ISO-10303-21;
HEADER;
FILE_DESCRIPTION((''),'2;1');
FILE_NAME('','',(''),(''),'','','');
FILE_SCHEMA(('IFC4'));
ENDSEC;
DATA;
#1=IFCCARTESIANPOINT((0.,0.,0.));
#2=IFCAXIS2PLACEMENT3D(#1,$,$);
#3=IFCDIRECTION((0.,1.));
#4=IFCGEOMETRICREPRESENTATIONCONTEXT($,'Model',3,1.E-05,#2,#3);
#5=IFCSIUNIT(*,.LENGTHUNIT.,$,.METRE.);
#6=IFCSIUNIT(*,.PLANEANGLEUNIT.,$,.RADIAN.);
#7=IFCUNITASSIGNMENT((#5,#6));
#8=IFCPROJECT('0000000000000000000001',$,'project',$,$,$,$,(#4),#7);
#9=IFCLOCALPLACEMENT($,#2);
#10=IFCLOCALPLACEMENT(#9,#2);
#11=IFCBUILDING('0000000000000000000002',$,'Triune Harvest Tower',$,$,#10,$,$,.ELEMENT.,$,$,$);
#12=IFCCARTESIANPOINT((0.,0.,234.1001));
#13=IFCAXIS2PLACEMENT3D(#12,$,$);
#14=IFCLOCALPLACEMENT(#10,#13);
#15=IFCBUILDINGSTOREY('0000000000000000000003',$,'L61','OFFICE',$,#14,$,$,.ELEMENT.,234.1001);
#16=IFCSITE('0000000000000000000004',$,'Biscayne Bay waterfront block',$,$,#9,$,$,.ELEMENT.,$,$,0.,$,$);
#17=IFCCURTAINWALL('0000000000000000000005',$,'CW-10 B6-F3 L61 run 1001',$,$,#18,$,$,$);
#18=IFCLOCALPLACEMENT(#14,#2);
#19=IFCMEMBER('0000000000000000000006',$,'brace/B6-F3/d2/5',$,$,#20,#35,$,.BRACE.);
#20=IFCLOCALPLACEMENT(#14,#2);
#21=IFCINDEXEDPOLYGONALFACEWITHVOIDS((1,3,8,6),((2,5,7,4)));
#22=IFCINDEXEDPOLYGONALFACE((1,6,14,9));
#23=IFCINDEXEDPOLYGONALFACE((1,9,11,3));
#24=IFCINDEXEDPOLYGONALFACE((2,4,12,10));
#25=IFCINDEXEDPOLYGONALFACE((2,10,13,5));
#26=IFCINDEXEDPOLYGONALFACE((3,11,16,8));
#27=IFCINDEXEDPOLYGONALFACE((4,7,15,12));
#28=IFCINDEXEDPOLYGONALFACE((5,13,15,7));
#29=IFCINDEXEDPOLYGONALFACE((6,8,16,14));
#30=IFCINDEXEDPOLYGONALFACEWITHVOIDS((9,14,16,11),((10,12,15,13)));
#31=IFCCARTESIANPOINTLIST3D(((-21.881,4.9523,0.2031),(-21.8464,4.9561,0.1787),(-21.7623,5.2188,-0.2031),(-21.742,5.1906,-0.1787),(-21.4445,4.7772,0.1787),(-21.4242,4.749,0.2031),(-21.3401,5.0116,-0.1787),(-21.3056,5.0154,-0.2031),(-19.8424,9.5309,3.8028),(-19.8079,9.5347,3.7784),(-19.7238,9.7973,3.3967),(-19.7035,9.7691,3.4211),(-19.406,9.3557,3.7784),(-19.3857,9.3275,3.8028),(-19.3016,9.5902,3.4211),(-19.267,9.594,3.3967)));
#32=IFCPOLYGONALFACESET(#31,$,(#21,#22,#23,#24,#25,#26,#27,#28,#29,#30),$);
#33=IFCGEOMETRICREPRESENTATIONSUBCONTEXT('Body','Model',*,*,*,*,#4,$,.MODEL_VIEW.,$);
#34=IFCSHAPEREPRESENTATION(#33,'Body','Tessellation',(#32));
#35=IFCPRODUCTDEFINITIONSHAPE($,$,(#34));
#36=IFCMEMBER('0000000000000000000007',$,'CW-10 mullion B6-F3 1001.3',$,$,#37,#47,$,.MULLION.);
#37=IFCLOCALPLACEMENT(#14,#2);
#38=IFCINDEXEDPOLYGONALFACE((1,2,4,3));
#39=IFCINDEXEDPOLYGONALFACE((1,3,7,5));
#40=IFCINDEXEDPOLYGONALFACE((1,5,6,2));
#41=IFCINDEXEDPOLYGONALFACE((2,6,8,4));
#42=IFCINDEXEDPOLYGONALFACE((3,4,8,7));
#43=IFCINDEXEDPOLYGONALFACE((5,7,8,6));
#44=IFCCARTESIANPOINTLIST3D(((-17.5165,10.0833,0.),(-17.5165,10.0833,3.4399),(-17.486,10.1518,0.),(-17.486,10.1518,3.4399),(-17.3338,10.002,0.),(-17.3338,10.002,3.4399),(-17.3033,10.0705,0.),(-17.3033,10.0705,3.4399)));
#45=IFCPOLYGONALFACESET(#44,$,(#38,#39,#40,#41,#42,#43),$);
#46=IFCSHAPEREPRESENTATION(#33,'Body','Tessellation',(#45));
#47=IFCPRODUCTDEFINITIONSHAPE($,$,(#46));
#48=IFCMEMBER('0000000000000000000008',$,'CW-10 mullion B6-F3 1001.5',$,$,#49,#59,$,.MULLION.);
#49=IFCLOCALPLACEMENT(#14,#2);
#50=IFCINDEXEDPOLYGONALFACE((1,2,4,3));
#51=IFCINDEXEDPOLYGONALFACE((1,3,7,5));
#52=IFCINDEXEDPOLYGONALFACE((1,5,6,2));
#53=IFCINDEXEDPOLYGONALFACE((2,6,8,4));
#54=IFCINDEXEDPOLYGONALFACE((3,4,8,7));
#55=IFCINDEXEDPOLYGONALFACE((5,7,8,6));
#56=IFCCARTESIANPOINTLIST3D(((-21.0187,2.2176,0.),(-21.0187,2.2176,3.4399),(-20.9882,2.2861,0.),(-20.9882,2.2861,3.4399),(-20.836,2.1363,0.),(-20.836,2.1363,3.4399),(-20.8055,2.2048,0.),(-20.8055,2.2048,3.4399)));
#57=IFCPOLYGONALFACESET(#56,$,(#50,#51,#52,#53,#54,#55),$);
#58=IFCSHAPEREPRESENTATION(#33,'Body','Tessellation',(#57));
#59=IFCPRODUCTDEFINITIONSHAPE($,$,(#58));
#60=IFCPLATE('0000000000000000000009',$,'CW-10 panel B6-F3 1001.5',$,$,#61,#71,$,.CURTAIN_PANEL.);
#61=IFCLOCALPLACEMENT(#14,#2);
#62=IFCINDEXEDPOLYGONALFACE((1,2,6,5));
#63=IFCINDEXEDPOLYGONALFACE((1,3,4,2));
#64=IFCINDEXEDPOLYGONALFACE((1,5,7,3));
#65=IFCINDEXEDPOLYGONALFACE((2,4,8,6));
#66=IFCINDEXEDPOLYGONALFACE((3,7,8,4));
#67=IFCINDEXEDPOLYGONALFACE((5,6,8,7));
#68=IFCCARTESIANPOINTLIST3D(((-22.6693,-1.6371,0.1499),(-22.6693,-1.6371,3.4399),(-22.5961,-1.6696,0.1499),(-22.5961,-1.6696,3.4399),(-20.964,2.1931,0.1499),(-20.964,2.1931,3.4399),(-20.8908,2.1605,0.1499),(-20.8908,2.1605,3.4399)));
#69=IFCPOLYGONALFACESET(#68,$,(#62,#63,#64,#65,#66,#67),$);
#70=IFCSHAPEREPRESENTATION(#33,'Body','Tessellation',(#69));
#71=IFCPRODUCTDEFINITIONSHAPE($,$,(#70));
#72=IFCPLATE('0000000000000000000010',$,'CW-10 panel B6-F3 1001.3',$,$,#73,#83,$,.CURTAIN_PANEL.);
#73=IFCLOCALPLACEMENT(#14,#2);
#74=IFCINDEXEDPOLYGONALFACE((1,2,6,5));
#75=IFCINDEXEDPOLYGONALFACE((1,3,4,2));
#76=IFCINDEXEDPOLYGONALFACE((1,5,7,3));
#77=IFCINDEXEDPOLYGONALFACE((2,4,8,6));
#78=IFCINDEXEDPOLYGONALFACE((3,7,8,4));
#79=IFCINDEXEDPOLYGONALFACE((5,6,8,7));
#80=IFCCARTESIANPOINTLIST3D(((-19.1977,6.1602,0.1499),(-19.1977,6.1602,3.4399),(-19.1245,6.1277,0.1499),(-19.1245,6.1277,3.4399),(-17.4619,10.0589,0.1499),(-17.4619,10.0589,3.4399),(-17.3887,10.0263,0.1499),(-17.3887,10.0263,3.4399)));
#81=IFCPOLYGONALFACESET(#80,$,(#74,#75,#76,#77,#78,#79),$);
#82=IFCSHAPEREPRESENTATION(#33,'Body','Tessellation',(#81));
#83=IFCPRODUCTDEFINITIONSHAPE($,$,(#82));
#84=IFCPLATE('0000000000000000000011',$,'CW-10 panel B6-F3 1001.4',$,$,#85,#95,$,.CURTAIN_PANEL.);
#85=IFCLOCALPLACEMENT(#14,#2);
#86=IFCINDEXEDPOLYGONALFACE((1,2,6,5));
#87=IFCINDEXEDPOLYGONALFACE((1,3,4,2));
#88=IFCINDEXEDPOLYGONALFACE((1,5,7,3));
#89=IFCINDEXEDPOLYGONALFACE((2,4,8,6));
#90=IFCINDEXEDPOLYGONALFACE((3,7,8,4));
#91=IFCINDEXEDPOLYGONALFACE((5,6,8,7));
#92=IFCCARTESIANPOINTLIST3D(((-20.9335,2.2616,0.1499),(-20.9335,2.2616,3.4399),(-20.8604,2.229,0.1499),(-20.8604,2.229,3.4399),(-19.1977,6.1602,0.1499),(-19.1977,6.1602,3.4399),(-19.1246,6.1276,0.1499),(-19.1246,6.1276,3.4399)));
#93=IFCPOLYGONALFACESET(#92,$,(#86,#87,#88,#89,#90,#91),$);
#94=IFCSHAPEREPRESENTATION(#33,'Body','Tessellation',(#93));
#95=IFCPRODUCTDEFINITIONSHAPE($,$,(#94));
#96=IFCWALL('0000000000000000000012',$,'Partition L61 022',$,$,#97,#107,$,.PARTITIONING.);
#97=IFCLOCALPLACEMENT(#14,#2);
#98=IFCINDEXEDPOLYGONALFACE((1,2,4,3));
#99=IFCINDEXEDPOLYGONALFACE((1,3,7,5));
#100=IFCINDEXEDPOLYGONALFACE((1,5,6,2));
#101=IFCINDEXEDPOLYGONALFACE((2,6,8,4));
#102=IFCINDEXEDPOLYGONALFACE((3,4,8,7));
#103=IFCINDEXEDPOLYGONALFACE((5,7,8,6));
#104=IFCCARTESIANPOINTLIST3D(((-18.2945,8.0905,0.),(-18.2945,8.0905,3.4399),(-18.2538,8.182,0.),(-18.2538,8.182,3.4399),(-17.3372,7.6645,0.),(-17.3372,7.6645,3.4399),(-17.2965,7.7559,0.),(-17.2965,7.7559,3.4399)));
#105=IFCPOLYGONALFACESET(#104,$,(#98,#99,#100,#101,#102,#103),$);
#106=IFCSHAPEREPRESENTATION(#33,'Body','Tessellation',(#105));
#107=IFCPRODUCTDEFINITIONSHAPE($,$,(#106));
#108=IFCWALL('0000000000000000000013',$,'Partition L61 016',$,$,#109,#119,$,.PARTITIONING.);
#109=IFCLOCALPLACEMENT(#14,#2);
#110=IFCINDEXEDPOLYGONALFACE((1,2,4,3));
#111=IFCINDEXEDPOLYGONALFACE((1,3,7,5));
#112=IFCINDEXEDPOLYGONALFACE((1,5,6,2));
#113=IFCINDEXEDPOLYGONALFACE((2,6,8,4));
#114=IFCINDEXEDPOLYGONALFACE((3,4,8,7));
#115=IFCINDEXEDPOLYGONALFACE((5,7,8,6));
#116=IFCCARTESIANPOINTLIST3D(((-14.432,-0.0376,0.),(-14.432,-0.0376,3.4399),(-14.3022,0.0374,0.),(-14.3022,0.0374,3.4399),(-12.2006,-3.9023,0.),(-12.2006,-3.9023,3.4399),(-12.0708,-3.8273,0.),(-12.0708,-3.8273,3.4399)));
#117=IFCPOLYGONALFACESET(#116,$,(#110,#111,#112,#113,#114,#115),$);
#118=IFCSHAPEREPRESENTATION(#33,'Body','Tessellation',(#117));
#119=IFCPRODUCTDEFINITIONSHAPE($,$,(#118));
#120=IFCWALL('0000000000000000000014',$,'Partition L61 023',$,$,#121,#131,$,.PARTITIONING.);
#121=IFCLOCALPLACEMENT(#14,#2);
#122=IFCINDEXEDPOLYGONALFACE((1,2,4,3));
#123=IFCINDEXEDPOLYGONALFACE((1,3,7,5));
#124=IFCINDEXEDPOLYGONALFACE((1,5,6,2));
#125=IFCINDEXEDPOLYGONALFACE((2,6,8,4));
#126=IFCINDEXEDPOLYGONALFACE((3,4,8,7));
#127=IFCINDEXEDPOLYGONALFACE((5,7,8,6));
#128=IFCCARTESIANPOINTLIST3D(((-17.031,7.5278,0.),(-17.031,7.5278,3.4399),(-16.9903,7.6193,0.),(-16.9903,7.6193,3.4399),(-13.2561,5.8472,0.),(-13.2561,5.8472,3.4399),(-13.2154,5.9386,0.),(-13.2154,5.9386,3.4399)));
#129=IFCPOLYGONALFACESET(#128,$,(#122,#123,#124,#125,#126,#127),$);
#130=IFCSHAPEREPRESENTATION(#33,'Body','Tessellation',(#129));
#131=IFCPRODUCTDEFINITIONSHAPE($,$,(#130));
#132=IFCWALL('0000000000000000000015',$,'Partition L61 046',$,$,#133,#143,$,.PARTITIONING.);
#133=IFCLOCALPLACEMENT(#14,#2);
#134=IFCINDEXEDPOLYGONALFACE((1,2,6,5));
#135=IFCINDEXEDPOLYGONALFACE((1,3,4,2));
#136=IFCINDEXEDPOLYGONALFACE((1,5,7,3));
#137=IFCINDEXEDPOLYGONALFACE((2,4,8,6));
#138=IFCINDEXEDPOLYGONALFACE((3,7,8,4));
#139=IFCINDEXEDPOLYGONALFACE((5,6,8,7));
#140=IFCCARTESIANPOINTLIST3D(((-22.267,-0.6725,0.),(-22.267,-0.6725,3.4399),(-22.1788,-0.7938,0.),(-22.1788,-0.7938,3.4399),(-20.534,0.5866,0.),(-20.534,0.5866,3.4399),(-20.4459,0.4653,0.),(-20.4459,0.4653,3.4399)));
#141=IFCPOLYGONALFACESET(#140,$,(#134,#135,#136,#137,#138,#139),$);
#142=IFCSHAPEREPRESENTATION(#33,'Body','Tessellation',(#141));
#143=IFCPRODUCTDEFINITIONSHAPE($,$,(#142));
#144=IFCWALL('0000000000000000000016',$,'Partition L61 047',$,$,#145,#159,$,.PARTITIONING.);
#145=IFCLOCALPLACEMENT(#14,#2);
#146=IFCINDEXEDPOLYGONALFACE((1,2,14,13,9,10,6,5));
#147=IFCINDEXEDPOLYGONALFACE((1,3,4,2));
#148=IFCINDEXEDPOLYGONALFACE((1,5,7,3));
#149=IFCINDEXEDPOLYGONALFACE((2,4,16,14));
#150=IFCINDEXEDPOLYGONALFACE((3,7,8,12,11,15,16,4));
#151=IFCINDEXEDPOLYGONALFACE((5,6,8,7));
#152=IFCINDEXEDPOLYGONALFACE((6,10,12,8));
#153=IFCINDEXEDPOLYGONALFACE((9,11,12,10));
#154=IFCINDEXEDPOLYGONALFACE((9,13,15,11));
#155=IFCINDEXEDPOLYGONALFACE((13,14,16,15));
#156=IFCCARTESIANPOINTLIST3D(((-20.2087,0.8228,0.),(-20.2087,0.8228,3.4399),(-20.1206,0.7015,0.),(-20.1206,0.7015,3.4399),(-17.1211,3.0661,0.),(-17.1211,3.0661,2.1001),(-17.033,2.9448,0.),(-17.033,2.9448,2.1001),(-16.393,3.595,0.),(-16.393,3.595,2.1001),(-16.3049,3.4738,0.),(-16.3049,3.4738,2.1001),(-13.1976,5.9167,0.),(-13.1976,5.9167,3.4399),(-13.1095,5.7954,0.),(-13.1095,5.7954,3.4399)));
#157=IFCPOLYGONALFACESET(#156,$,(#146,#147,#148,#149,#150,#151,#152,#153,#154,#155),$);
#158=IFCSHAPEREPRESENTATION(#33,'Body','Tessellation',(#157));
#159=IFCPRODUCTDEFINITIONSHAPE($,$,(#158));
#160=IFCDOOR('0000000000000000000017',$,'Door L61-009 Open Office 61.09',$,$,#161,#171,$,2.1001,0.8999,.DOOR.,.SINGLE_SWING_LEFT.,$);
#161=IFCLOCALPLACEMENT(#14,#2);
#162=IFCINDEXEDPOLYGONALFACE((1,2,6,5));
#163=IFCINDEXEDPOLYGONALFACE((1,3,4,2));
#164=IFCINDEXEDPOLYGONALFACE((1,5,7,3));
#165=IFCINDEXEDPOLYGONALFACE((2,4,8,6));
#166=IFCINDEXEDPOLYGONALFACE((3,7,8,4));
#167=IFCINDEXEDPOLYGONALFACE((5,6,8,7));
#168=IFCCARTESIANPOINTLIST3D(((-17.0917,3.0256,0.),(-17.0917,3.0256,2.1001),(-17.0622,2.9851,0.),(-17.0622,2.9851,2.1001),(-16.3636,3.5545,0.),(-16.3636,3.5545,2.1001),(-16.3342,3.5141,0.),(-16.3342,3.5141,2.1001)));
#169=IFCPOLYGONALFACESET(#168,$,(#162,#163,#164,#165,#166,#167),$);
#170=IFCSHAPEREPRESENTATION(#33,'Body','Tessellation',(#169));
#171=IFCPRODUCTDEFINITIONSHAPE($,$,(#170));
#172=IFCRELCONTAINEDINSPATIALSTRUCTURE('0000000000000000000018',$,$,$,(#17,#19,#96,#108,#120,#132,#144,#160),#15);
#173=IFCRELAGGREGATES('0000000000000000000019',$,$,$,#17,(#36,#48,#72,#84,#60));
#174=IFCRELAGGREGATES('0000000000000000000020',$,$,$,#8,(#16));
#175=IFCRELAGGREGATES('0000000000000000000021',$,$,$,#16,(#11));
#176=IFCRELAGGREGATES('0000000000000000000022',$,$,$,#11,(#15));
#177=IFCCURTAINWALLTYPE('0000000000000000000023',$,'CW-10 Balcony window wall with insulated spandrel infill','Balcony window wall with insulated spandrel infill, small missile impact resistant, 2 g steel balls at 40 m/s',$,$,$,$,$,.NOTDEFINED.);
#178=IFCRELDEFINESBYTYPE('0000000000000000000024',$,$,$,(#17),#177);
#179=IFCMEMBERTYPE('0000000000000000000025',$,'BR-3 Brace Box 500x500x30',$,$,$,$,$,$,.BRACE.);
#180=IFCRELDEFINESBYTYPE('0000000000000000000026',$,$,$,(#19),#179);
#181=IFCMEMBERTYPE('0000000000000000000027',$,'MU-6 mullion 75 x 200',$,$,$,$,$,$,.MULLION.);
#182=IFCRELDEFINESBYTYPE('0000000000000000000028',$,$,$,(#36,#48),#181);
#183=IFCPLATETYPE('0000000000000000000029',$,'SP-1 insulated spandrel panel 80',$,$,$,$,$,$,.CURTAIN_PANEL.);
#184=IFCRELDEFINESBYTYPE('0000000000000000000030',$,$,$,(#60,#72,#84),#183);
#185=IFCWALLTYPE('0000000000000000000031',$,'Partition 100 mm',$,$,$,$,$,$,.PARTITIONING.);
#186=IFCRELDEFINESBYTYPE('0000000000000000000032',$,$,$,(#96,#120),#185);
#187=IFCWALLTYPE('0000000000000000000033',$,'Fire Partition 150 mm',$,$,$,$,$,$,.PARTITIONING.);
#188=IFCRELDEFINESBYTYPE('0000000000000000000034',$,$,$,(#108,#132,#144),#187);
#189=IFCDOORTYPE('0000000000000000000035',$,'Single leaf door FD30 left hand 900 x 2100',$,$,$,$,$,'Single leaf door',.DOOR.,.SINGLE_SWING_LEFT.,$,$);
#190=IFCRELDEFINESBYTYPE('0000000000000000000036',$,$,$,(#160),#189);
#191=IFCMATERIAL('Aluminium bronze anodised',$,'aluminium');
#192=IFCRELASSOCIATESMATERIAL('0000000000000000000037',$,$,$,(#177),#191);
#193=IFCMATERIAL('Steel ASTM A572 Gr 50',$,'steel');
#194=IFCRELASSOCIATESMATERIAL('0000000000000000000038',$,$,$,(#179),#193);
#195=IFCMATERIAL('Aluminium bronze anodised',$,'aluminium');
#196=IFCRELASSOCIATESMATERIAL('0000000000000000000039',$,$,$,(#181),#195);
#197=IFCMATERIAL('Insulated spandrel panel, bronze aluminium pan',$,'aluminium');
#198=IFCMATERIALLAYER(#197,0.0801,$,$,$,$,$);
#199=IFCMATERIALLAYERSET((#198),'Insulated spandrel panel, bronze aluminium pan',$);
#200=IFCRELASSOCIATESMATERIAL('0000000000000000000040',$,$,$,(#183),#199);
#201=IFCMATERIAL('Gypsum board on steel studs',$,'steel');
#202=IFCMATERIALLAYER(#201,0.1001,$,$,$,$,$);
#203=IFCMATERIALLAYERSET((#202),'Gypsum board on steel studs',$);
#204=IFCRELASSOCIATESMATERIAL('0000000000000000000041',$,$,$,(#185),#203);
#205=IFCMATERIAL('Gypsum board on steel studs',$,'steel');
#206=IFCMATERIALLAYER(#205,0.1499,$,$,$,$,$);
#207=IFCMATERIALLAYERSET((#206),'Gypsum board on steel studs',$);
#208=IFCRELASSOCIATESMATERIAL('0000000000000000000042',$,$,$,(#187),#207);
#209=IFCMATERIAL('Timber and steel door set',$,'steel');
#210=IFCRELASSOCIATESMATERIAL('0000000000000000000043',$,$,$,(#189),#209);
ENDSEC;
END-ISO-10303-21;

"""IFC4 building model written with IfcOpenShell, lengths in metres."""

from ifc_helpers import new_model, si_unit, direction, frame, frame_2d, origin, origin_2d, place, context, subcontext, project, spatial, rectangle, hollow_rectangle, extrude, source, transform, mapped, material, layer, layer_set, material_profile, profile_set, type_object, element, fill, aggregate, save


model = new_model("IFC4")

# Units and contexts
model_context = context("Model", 3, precision=1e-05, world=origin(), true_north=direction((0.0, 1.0)))
body_context = subcontext(model_context, "Body", "Model", "MODEL_VIEW")
ifc_project = project(units=[si_unit("LENGTHUNIT", "METRE"), si_unit("PLANEANGLEUNIT", "RADIAN")], contexts=[model_context])

# Site, building, storey
site_placement = place(None, origin())
site = spatial("IfcSite", under=ifc_project, at=site_placement, Name="Biscayne Bay waterfront block", CompositionType="ELEMENT", RefElevation=0.0)
building_placement = place(site_placement, origin())
building = spatial("IfcBuilding", under=site, at=building_placement, Name="Triune Harvest Tower", CompositionType="ELEMENT")
storey_placement = place(building_placement, frame((0.0, 0.0, 234.1001)))
storey = spatial("IfcBuildingStorey", under=building, at=storey_placement, Name="L61", Description="OFFICE", CompositionType="ELEMENT", Elevation=234.1001)

# Curtain wall
ifc_material_1 = material(Name="Aluminium bronze anodised", Category="aluminium")
curtain_wall_type = type_object("IfcCurtainWallType", Name="CW-10 Balcony window wall with insulated spandrel infill", Description="Balcony window wall with insulated spandrel infill, small missile impact resistant, 2 g steel balls at 40 m/s", PredefinedType="NOTDEFINED", material=ifc_material_1)
curtain_wall_placement = place(storey_placement, origin())
curtain_wall = element("IfcCurtainWall", 1, at=curtain_wall_placement, inside=storey, type_object=curtain_wall_type, Name="CW-10 B6-F3 L61 run 1001")

# Members
ifc_material_2 = material(Name="Steel ASTM A572 Gr 50", Category="steel")
ifc_material_profile_1 = material_profile(ifc_material_2, hollow_rectangle(XDim=0.5, YDim=0.5, WallThickness=0.03, at=origin_2d()), Name="Box 500x500x30")
ifc_profile_set_1 = profile_set([ifc_material_profile_1], Name="Steel ASTM A572 Gr 50")
member_type_1 = type_object("IfcMemberType", Name="BR-3 Brace Box 500x500x30", PredefinedType="BRACE", material=ifc_profile_set_1)
shared_shape_1 = source(origin(), body_context, "Body", "SweptSolid", [
    extrude(hollow_rectangle(XDim=0.5, YDim=0.5, WallThickness=0.03, at=origin_2d()), origin(), (0.0, 0.0, 1.0), 6.1707),
])
member_1_placement = place(storey_placement, frame((-21.5933, 4.9839, 0.0), z_axis=(0.33036, 0.741984, 0.583372), x_axis=(-0.913542, 0.406744, 0.0)))
element("IfcMember", 2, at=member_1_placement, inside=storey, type_object=member_type_1, Name="brace/B6-F3/d2/5", PredefinedType="BRACE", context=body_context, shape_type="MappedRepresentation", body=[
    mapped(shared_shape_1, transform((0.0, 0.0, 0.0), scale=1.0)),
])
ifc_material_3 = material(Name="Aluminium bronze anodised", Category="aluminium")
ifc_material_profile_2 = material_profile(ifc_material_3, rectangle(XDim=0.2, YDim=0.075, at=origin_2d()), Name="MU-6 mullion 75 x 200")
ifc_profile_set_2 = profile_set([ifc_material_profile_2], Name="Aluminium bronze anodised")
member_type_2 = type_object("IfcMemberType", Name="MU-6 mullion 75 x 200", PredefinedType="MULLION", material=ifc_profile_set_2)
shared_shape_2 = source(origin(), body_context, "Body", "SweptSolid", [
    extrude(rectangle(XDim=0.2, YDim=0.075, at=origin_2d()), origin(), (0.0, 0.0, 1.0), 3.4399),
])
member_2_placement = place(storey_placement, frame((-17.4099, 10.0769, 0.0), z_axis=(0.0, 0.0, 1.0), x_axis=(0.913545, -0.406737, 0.0)))
member_2 = element("IfcMember", 3, at=member_2_placement, type_object=member_type_2, Name="CW-10 mullion B6-F3 1001.3", PredefinedType="MULLION", context=body_context, shape_type="MappedRepresentation", body=[
    mapped(shared_shape_2, transform((0.0, 0.0, 0.0), scale=1.0)),
])
member_3_placement = place(storey_placement, frame((-20.9121, 2.2112, 0.0), z_axis=(0.0, 0.0, 1.0), x_axis=(0.913545, -0.406737, 0.0)))
member_3 = element("IfcMember", 4, at=member_3_placement, type_object=member_type_2, Name="CW-10 mullion B6-F3 1001.5", PredefinedType="MULLION", context=body_context, shape_type="MappedRepresentation", body=[
    mapped(shared_shape_2, transform((0.0, 0.0, 0.0), scale=1.0)),
])

# Plates
ifc_material_4 = material(Name="Insulated spandrel panel, bronze aluminium pan", Category="aluminium")
ifc_layer_1 = layer(ifc_material_4, 0.0801)
ifc_layer_set_1 = layer_set([ifc_layer_1], Name="Insulated spandrel panel, bronze aluminium pan")
plate_type = type_object("IfcPlateType", Name="SP-1 insulated spandrel panel 80", PredefinedType="CURTAIN_PANEL", material=ifc_layer_set_1)
plate_1_placement = place(storey_placement, frame((-21.78, 0.2617, 0.1499), z_axis=(0.0, 0.0, 1.0), x_axis=(-0.406737, -0.913545, 0.0)))
plate_1 = element("IfcPlate", 5, at=plate_1_placement, type_object=plate_type, Name="CW-10 panel B6-F3 1001.5", PredefinedType="CURTAIN_PANEL", context=body_context, shape_type="SweptSolid", body=[
    extrude(rectangle(XDim=4.1926, YDim=0.0801, at=origin_2d()), origin(), (0.0, 0.0, 1.0), 3.29),
])
shared_shape_3 = source(origin(), body_context, "Body", "SweptSolid", [
    extrude(rectangle(XDim=4.2676, YDim=0.0801, at=origin_2d()), origin(), (0.0, 0.0, 1.0), 3.29),
])
plate_2_placement = place(storey_placement, frame((-18.2932, 8.0933, 0.1499), z_axis=(0.0, 0.0, 1.0), x_axis=(-0.406737, -0.913545, 0.0)))
plate_2 = element("IfcPlate", 6, at=plate_2_placement, type_object=plate_type, Name="CW-10 panel B6-F3 1001.3", PredefinedType="CURTAIN_PANEL", context=body_context, shape_type="MappedRepresentation", body=[
    mapped(shared_shape_3, transform((0.0, 0.0, 0.0), scale=1.0)),
])
plate_3_placement = place(storey_placement, frame((-20.0291, 4.1946, 0.1499), z_axis=(0.0, 0.0, 1.0), x_axis=(-0.406737, -0.913545, 0.0)))
plate_3 = element("IfcPlate", 7, at=plate_3_placement, type_object=plate_type, Name="CW-10 panel B6-F3 1001.4", PredefinedType="CURTAIN_PANEL", context=body_context, shape_type="MappedRepresentation", body=[
    mapped(shared_shape_3, transform((0.0, 0.0, 0.0), scale=1.0)),
])
aggregate(curtain_wall, [member_2, member_3, plate_2, plate_3, plate_1])

# Walls
ifc_material_5 = material(Name="Gypsum board on steel studs", Category="steel")
ifc_layer_2 = layer(ifc_material_5, 0.1001)
ifc_layer_set_2 = layer_set([ifc_layer_2], Name="Gypsum board on steel studs")
wall_type_1 = type_object("IfcWallType", Name="Partition 100 mm", PredefinedType="PARTITIONING", material=ifc_layer_set_2)
shared_shape_4 = source(origin(), body_context, "Body", "SweptSolid", [
    extrude(rectangle(XDim=1.0479, YDim=0.1001, at=frame_2d((0.5239, 0.0))), origin(), (0.0, 0.0, 1.0), 3.4399),
])
wall_1_placement = place(storey_placement, frame((-18.2742, 8.1362, 0.0), z_axis=(0.0, 0.0, 1.0), x_axis=(0.91361, -0.406592, 0.0)))
element("IfcWall", 8, at=wall_1_placement, inside=storey, type_object=wall_type_1, Name="Partition L61 022", PredefinedType="PARTITIONING", context=body_context, shape_type="MappedRepresentation", body=[
    mapped(shared_shape_4, transform((0.0, 0.0, 0.0), scale=1.0)),
])
ifc_material_6 = material(Name="Gypsum board on steel studs", Category="steel")
ifc_layer_3 = layer(ifc_material_6, 0.1499)
ifc_layer_set_3 = layer_set([ifc_layer_3], Name="Gypsum board on steel studs")
wall_type_2 = type_object("IfcWallType", Name="Fire Partition 150 mm", PredefinedType="PARTITIONING", material=ifc_layer_set_3)
shared_shape_5 = source(origin(), body_context, "Body", "SweptSolid", [
    extrude(rectangle(XDim=4.4626, YDim=0.1499, at=frame_2d((2.2314, 0.0))), origin(), (0.0, 0.0, 1.0), 3.4399),
])
wall_2_placement = place(storey_placement, frame((-14.3672, 0.0, 0.0), z_axis=(0.0, 0.0, 1.0), x_axis=(0.500022, -0.866012, 0.0)))
element("IfcWall", 9, at=wall_2_placement, inside=storey, type_object=wall_type_2, Name="Partition L61 016", PredefinedType="PARTITIONING", context=body_context, shape_type="MappedRepresentation", body=[
    mapped(shared_shape_5, transform((0.0, 0.0, 0.0), scale=1.0)),
])
shared_shape_6 = source(origin(), body_context, "Body", "SweptSolid", [
    extrude(rectangle(XDim=4.1321, YDim=0.1001, at=frame_2d((2.0659, 0.0))), origin(), (0.0, 0.0, 1.0), 3.4399),
])
wall_3_placement = place(storey_placement, frame((-17.0105, 7.5735, 0.0), z_axis=(0.0, 0.0, 1.0), x_axis=(0.913548, -0.40673, 0.0)))
element("IfcWall", 10, at=wall_3_placement, inside=storey, type_object=wall_type_1, Name="Partition L61 023", PredefinedType="PARTITIONING", context=body_context, shape_type="MappedRepresentation", body=[
    mapped(shared_shape_6, transform((0.0, 0.0, 0.0), scale=1.0)),
])
shared_shape_7 = source(origin(), body_context, "Body", "SweptSolid", [
    extrude(rectangle(XDim=2.1421, YDim=0.1499, at=frame_2d((1.071, 0.0))), origin(), (0.0, 0.0, 1.0), 3.4399),
])
wall_4_placement = place(storey_placement, frame((-22.2229, -0.7332, 0.0), z_axis=(0.0, 0.0, 1.0), x_axis=(0.809017, 0.587785, 0.0)))
element("IfcWall", 11, at=wall_4_placement, inside=storey, type_object=wall_type_2, Name="Partition L61 046", PredefinedType="PARTITIONING", context=body_context, shape_type="MappedRepresentation", body=[
    mapped(shared_shape_7, transform((0.0, 0.0, 0.0), scale=1.0)),
])

# Wall, opening, door
shared_shape_8 = source(origin(), body_context, "Body", "SweptSolid", [
    extrude(rectangle(XDim=8.6663, YDim=0.1499, at=frame_2d((4.333, 0.0))), origin(), (0.0, 0.0, 1.0), 3.4399),
])
wall_5_placement = place(storey_placement, frame((-20.1646, 0.7622, 0.0), z_axis=(0.0, 0.0, 1.0), x_axis=(0.809015, 0.587788, 0.0)))
wall_5 = element("IfcWall", 12, at=wall_5_placement, inside=storey, type_object=wall_type_2, Name="Partition L61 047", PredefinedType="PARTITIONING", context=body_context, shape_type="MappedRepresentation", body=[
    mapped(shared_shape_8, transform((0.0, 0.0, 0.0), scale=1.0)),
])
opening_placement = place(wall_5_placement, frame((3.8164, 0.0, 0.0)))
opening = element("IfcOpeningElement", 13, at=opening_placement, cuts=wall_5, PredefinedType="OPENING", context=body_context, shape_type="SweptSolid", body=[
    extrude(rectangle(XDim=0.8999, YDim=2.1001, at=frame_2d((0.45, 1.05))), frame((0.0, 0.085, 0.0), z_axis=(0.0, -1.0, 0.0), x_axis=(1.0, 0.0, 0.0)), (0.0, 0.0, 1.0), 0.1699),
])
ifc_material_7 = material(Name="Timber and steel door set", Category="steel")
door_type = type_object("IfcDoorType", Name="Single leaf door FD30 left hand 900 x 2100", ElementType="Single leaf door", OperationType="SINGLE_SWING_LEFT", PredefinedType="DOOR", material=ifc_material_7)
door_placement = place(opening_placement, origin())
door = element("IfcDoor", 14, at=door_placement, inside=storey, type_object=door_type, Name="Door L61-009 Open Office 61.09", OperationType="SINGLE_SWING_LEFT", OverallHeight=2.1001, OverallWidth=0.8999, PredefinedType="DOOR", context=body_context, shape_type="SweptSolid", body=[
    extrude(rectangle(XDim=0.8999, YDim=2.1001, at=frame_2d((0.45, 1.05))), frame((0.0, 0.0249, 0.0), z_axis=(0.0, -1.0, 0.0), x_axis=(1.0, 0.0, 0.0)), (0.0, 0.0, 1.0), 0.05),
])
fill(opening, door)

save(model, "model.ifc")
